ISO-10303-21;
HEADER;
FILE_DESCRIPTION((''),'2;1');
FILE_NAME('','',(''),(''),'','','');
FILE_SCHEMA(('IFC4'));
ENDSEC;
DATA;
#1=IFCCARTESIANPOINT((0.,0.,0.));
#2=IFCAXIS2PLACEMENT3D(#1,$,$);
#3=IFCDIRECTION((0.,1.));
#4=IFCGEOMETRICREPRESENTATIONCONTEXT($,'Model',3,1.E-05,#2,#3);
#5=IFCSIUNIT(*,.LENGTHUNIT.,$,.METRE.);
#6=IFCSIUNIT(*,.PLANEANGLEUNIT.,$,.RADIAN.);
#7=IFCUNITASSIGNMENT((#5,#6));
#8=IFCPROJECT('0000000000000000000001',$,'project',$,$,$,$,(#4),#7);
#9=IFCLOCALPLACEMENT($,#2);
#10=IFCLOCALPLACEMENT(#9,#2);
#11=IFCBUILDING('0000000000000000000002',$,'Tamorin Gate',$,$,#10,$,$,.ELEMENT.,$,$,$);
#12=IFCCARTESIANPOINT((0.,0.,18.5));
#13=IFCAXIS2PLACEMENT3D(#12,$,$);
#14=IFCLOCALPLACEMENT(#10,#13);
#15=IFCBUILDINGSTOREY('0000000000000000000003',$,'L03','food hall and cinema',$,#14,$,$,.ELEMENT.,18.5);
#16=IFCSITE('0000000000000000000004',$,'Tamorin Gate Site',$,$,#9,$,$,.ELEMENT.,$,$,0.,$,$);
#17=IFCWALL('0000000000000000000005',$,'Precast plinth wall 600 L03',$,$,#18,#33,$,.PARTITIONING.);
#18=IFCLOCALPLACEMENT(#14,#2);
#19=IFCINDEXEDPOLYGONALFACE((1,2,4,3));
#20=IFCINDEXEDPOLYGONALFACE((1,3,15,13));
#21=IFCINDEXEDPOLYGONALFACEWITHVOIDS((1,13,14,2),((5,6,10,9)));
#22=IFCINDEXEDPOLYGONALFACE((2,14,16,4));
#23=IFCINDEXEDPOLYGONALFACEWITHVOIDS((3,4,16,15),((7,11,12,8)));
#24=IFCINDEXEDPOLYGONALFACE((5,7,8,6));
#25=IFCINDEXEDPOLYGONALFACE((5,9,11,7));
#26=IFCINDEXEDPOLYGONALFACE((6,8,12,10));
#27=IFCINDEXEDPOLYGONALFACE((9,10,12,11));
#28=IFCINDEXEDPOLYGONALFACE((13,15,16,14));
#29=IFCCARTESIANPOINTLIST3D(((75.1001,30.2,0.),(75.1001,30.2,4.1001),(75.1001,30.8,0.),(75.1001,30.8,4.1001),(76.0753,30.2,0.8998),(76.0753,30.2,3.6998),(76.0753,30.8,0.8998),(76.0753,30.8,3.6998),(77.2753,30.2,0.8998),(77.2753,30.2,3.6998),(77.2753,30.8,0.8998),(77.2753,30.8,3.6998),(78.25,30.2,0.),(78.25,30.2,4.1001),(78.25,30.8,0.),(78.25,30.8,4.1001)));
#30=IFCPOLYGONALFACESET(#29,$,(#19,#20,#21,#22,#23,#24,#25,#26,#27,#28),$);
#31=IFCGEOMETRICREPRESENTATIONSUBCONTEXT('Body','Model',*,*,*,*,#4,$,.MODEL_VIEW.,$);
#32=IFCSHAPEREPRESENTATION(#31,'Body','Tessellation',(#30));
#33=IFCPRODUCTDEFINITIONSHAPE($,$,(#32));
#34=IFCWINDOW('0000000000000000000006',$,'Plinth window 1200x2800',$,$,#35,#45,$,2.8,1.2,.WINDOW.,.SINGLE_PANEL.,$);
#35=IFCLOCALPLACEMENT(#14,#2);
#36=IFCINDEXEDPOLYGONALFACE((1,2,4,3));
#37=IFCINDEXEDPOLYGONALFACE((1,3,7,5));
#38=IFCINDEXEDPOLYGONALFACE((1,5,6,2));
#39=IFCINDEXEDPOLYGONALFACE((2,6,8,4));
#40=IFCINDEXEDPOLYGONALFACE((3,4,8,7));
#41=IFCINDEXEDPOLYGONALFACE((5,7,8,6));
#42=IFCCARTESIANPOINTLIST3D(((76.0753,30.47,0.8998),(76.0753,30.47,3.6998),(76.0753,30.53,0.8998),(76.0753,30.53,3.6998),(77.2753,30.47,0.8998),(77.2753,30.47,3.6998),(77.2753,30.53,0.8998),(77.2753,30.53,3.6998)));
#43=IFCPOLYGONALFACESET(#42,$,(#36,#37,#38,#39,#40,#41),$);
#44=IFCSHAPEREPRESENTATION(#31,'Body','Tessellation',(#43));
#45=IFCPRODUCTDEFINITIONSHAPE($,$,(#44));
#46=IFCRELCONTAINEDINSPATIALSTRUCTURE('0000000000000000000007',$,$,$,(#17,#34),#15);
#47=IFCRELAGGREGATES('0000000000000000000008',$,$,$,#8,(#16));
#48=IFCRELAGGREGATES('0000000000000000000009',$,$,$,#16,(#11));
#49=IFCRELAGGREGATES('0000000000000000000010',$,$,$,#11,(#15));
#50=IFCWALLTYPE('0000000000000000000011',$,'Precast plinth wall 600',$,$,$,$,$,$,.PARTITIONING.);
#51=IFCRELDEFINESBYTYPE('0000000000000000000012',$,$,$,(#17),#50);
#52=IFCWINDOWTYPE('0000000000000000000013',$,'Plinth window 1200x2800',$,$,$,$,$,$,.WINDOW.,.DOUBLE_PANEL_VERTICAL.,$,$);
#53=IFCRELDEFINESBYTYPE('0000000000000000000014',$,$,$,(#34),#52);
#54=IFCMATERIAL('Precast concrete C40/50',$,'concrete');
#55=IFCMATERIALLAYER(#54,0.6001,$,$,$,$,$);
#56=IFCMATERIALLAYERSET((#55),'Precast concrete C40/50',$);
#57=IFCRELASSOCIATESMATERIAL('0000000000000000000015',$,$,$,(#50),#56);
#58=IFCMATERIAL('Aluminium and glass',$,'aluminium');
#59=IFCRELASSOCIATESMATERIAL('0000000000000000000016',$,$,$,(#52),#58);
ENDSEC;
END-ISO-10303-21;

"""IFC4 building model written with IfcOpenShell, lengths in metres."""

from ifc_helpers import new_model, si_unit, direction, frame, frame_2d, origin, place, context, subcontext, project, spatial, rectangle, extrude, material, layer, layer_set, type_object, element, fill, save


model = new_model("IFC4")

# Units and contexts
model_context = context("Model", 3, precision=1e-05, world=origin(), true_north=direction((0.0, 1.0)))
body_context = subcontext(model_context, "Body", "Model", "MODEL_VIEW")
ifc_project = project(units=[si_unit("LENGTHUNIT", "METRE"), si_unit("PLANEANGLEUNIT", "RADIAN")], contexts=[model_context])

# Site, building, storey
site_placement = place(None, origin())
site = spatial("IfcSite", under=ifc_project, at=site_placement, Name="Tamorin Gate Site", CompositionType="ELEMENT", RefElevation=0.0)
building_placement = place(site_placement, origin())
building = spatial("IfcBuilding", under=site, at=building_placement, Name="Tamorin Gate", CompositionType="ELEMENT")
storey_placement = place(building_placement, frame((0.0, 0.0, 18.5)))
storey = spatial("IfcBuildingStorey", under=building, at=storey_placement, Name="L03", Description="food hall and cinema", CompositionType="ELEMENT", Elevation=18.5)

# Shared definitions
ifc_material_1 = material(Name="Precast concrete C40/50", Category="concrete")
ifc_layer_1 = layer(ifc_material_1, 0.6001)
ifc_layer_set_1 = layer_set([ifc_layer_1], Name="Precast concrete C40/50")
wall_type_1 = type_object("IfcWallType", Name="Precast plinth wall 600", PredefinedType="PARTITIONING", material=ifc_layer_set_1)
ifc_material_2 = material(Name="Aluminium and glass", Category="aluminium")
window_type_1 = type_object("IfcWindowType", Name="Plinth window 1200x2800", PartitioningType="DOUBLE_PANEL_VERTICAL", PredefinedType="WINDOW", material=ifc_material_2)

# Wall, opening, window
wall_1_placement = place(storey_placement, frame((75.1001, 30.5, 0.0), z_axis=(0.0, 0.0, 1.0), x_axis=(1.0, 0.0, 0.0)))
wall_1 = element("IfcWall", 1, at=wall_1_placement, inside=storey, type_object=wall_type_1, Name="Precast plinth wall 600 L03", PredefinedType="PARTITIONING", context=body_context, shape_type="SweptSolid", body=[
    extrude(rectangle(XDim=3.1499, YDim=0.6001, at=frame_2d((1.575, 0.0))), origin(), (0.0, 0.0, 1.0), 4.1001),
])
opening_1_placement = place(wall_1_placement, frame((0.9751, 0.0, 0.8999)))
opening_1 = element("IfcOpeningElement", 2, at=opening_1_placement, cuts=wall_1, PredefinedType="OPENING", context=body_context, shape_type="SweptSolid", body=[
    extrude(rectangle(XDim=1.2, YDim=2.8, at=frame_2d((0.6001, 1.3999))), frame((0.0, 0.3101, 0.0), z_axis=(0.0, -1.0, 0.0), x_axis=(1.0, 0.0, 0.0)), (0.0, 0.0, 1.0), 0.6201),
])
window_1_placement = place(opening_1_placement, origin())
window_1 = element("IfcWindow", 3, at=window_1_placement, inside=storey, type_object=window_type_1, Name="Plinth window 1200x2800", OverallHeight=2.8, OverallWidth=1.2, PartitioningType="SINGLE_PANEL", PredefinedType="WINDOW", context=body_context, shape_type="SweptSolid", body=[
    extrude(rectangle(XDim=1.2, YDim=2.8, at=frame_2d((0.6001, 1.3999))), frame((0.0, 0.03, 0.0), z_axis=(0.0, -1.0, 0.0), x_axis=(1.0, 0.0, 0.0)), (0.0, 0.0, 1.0), 0.0601),
])
fill(opening_1, window_1)

save(model, "model.ifc")
